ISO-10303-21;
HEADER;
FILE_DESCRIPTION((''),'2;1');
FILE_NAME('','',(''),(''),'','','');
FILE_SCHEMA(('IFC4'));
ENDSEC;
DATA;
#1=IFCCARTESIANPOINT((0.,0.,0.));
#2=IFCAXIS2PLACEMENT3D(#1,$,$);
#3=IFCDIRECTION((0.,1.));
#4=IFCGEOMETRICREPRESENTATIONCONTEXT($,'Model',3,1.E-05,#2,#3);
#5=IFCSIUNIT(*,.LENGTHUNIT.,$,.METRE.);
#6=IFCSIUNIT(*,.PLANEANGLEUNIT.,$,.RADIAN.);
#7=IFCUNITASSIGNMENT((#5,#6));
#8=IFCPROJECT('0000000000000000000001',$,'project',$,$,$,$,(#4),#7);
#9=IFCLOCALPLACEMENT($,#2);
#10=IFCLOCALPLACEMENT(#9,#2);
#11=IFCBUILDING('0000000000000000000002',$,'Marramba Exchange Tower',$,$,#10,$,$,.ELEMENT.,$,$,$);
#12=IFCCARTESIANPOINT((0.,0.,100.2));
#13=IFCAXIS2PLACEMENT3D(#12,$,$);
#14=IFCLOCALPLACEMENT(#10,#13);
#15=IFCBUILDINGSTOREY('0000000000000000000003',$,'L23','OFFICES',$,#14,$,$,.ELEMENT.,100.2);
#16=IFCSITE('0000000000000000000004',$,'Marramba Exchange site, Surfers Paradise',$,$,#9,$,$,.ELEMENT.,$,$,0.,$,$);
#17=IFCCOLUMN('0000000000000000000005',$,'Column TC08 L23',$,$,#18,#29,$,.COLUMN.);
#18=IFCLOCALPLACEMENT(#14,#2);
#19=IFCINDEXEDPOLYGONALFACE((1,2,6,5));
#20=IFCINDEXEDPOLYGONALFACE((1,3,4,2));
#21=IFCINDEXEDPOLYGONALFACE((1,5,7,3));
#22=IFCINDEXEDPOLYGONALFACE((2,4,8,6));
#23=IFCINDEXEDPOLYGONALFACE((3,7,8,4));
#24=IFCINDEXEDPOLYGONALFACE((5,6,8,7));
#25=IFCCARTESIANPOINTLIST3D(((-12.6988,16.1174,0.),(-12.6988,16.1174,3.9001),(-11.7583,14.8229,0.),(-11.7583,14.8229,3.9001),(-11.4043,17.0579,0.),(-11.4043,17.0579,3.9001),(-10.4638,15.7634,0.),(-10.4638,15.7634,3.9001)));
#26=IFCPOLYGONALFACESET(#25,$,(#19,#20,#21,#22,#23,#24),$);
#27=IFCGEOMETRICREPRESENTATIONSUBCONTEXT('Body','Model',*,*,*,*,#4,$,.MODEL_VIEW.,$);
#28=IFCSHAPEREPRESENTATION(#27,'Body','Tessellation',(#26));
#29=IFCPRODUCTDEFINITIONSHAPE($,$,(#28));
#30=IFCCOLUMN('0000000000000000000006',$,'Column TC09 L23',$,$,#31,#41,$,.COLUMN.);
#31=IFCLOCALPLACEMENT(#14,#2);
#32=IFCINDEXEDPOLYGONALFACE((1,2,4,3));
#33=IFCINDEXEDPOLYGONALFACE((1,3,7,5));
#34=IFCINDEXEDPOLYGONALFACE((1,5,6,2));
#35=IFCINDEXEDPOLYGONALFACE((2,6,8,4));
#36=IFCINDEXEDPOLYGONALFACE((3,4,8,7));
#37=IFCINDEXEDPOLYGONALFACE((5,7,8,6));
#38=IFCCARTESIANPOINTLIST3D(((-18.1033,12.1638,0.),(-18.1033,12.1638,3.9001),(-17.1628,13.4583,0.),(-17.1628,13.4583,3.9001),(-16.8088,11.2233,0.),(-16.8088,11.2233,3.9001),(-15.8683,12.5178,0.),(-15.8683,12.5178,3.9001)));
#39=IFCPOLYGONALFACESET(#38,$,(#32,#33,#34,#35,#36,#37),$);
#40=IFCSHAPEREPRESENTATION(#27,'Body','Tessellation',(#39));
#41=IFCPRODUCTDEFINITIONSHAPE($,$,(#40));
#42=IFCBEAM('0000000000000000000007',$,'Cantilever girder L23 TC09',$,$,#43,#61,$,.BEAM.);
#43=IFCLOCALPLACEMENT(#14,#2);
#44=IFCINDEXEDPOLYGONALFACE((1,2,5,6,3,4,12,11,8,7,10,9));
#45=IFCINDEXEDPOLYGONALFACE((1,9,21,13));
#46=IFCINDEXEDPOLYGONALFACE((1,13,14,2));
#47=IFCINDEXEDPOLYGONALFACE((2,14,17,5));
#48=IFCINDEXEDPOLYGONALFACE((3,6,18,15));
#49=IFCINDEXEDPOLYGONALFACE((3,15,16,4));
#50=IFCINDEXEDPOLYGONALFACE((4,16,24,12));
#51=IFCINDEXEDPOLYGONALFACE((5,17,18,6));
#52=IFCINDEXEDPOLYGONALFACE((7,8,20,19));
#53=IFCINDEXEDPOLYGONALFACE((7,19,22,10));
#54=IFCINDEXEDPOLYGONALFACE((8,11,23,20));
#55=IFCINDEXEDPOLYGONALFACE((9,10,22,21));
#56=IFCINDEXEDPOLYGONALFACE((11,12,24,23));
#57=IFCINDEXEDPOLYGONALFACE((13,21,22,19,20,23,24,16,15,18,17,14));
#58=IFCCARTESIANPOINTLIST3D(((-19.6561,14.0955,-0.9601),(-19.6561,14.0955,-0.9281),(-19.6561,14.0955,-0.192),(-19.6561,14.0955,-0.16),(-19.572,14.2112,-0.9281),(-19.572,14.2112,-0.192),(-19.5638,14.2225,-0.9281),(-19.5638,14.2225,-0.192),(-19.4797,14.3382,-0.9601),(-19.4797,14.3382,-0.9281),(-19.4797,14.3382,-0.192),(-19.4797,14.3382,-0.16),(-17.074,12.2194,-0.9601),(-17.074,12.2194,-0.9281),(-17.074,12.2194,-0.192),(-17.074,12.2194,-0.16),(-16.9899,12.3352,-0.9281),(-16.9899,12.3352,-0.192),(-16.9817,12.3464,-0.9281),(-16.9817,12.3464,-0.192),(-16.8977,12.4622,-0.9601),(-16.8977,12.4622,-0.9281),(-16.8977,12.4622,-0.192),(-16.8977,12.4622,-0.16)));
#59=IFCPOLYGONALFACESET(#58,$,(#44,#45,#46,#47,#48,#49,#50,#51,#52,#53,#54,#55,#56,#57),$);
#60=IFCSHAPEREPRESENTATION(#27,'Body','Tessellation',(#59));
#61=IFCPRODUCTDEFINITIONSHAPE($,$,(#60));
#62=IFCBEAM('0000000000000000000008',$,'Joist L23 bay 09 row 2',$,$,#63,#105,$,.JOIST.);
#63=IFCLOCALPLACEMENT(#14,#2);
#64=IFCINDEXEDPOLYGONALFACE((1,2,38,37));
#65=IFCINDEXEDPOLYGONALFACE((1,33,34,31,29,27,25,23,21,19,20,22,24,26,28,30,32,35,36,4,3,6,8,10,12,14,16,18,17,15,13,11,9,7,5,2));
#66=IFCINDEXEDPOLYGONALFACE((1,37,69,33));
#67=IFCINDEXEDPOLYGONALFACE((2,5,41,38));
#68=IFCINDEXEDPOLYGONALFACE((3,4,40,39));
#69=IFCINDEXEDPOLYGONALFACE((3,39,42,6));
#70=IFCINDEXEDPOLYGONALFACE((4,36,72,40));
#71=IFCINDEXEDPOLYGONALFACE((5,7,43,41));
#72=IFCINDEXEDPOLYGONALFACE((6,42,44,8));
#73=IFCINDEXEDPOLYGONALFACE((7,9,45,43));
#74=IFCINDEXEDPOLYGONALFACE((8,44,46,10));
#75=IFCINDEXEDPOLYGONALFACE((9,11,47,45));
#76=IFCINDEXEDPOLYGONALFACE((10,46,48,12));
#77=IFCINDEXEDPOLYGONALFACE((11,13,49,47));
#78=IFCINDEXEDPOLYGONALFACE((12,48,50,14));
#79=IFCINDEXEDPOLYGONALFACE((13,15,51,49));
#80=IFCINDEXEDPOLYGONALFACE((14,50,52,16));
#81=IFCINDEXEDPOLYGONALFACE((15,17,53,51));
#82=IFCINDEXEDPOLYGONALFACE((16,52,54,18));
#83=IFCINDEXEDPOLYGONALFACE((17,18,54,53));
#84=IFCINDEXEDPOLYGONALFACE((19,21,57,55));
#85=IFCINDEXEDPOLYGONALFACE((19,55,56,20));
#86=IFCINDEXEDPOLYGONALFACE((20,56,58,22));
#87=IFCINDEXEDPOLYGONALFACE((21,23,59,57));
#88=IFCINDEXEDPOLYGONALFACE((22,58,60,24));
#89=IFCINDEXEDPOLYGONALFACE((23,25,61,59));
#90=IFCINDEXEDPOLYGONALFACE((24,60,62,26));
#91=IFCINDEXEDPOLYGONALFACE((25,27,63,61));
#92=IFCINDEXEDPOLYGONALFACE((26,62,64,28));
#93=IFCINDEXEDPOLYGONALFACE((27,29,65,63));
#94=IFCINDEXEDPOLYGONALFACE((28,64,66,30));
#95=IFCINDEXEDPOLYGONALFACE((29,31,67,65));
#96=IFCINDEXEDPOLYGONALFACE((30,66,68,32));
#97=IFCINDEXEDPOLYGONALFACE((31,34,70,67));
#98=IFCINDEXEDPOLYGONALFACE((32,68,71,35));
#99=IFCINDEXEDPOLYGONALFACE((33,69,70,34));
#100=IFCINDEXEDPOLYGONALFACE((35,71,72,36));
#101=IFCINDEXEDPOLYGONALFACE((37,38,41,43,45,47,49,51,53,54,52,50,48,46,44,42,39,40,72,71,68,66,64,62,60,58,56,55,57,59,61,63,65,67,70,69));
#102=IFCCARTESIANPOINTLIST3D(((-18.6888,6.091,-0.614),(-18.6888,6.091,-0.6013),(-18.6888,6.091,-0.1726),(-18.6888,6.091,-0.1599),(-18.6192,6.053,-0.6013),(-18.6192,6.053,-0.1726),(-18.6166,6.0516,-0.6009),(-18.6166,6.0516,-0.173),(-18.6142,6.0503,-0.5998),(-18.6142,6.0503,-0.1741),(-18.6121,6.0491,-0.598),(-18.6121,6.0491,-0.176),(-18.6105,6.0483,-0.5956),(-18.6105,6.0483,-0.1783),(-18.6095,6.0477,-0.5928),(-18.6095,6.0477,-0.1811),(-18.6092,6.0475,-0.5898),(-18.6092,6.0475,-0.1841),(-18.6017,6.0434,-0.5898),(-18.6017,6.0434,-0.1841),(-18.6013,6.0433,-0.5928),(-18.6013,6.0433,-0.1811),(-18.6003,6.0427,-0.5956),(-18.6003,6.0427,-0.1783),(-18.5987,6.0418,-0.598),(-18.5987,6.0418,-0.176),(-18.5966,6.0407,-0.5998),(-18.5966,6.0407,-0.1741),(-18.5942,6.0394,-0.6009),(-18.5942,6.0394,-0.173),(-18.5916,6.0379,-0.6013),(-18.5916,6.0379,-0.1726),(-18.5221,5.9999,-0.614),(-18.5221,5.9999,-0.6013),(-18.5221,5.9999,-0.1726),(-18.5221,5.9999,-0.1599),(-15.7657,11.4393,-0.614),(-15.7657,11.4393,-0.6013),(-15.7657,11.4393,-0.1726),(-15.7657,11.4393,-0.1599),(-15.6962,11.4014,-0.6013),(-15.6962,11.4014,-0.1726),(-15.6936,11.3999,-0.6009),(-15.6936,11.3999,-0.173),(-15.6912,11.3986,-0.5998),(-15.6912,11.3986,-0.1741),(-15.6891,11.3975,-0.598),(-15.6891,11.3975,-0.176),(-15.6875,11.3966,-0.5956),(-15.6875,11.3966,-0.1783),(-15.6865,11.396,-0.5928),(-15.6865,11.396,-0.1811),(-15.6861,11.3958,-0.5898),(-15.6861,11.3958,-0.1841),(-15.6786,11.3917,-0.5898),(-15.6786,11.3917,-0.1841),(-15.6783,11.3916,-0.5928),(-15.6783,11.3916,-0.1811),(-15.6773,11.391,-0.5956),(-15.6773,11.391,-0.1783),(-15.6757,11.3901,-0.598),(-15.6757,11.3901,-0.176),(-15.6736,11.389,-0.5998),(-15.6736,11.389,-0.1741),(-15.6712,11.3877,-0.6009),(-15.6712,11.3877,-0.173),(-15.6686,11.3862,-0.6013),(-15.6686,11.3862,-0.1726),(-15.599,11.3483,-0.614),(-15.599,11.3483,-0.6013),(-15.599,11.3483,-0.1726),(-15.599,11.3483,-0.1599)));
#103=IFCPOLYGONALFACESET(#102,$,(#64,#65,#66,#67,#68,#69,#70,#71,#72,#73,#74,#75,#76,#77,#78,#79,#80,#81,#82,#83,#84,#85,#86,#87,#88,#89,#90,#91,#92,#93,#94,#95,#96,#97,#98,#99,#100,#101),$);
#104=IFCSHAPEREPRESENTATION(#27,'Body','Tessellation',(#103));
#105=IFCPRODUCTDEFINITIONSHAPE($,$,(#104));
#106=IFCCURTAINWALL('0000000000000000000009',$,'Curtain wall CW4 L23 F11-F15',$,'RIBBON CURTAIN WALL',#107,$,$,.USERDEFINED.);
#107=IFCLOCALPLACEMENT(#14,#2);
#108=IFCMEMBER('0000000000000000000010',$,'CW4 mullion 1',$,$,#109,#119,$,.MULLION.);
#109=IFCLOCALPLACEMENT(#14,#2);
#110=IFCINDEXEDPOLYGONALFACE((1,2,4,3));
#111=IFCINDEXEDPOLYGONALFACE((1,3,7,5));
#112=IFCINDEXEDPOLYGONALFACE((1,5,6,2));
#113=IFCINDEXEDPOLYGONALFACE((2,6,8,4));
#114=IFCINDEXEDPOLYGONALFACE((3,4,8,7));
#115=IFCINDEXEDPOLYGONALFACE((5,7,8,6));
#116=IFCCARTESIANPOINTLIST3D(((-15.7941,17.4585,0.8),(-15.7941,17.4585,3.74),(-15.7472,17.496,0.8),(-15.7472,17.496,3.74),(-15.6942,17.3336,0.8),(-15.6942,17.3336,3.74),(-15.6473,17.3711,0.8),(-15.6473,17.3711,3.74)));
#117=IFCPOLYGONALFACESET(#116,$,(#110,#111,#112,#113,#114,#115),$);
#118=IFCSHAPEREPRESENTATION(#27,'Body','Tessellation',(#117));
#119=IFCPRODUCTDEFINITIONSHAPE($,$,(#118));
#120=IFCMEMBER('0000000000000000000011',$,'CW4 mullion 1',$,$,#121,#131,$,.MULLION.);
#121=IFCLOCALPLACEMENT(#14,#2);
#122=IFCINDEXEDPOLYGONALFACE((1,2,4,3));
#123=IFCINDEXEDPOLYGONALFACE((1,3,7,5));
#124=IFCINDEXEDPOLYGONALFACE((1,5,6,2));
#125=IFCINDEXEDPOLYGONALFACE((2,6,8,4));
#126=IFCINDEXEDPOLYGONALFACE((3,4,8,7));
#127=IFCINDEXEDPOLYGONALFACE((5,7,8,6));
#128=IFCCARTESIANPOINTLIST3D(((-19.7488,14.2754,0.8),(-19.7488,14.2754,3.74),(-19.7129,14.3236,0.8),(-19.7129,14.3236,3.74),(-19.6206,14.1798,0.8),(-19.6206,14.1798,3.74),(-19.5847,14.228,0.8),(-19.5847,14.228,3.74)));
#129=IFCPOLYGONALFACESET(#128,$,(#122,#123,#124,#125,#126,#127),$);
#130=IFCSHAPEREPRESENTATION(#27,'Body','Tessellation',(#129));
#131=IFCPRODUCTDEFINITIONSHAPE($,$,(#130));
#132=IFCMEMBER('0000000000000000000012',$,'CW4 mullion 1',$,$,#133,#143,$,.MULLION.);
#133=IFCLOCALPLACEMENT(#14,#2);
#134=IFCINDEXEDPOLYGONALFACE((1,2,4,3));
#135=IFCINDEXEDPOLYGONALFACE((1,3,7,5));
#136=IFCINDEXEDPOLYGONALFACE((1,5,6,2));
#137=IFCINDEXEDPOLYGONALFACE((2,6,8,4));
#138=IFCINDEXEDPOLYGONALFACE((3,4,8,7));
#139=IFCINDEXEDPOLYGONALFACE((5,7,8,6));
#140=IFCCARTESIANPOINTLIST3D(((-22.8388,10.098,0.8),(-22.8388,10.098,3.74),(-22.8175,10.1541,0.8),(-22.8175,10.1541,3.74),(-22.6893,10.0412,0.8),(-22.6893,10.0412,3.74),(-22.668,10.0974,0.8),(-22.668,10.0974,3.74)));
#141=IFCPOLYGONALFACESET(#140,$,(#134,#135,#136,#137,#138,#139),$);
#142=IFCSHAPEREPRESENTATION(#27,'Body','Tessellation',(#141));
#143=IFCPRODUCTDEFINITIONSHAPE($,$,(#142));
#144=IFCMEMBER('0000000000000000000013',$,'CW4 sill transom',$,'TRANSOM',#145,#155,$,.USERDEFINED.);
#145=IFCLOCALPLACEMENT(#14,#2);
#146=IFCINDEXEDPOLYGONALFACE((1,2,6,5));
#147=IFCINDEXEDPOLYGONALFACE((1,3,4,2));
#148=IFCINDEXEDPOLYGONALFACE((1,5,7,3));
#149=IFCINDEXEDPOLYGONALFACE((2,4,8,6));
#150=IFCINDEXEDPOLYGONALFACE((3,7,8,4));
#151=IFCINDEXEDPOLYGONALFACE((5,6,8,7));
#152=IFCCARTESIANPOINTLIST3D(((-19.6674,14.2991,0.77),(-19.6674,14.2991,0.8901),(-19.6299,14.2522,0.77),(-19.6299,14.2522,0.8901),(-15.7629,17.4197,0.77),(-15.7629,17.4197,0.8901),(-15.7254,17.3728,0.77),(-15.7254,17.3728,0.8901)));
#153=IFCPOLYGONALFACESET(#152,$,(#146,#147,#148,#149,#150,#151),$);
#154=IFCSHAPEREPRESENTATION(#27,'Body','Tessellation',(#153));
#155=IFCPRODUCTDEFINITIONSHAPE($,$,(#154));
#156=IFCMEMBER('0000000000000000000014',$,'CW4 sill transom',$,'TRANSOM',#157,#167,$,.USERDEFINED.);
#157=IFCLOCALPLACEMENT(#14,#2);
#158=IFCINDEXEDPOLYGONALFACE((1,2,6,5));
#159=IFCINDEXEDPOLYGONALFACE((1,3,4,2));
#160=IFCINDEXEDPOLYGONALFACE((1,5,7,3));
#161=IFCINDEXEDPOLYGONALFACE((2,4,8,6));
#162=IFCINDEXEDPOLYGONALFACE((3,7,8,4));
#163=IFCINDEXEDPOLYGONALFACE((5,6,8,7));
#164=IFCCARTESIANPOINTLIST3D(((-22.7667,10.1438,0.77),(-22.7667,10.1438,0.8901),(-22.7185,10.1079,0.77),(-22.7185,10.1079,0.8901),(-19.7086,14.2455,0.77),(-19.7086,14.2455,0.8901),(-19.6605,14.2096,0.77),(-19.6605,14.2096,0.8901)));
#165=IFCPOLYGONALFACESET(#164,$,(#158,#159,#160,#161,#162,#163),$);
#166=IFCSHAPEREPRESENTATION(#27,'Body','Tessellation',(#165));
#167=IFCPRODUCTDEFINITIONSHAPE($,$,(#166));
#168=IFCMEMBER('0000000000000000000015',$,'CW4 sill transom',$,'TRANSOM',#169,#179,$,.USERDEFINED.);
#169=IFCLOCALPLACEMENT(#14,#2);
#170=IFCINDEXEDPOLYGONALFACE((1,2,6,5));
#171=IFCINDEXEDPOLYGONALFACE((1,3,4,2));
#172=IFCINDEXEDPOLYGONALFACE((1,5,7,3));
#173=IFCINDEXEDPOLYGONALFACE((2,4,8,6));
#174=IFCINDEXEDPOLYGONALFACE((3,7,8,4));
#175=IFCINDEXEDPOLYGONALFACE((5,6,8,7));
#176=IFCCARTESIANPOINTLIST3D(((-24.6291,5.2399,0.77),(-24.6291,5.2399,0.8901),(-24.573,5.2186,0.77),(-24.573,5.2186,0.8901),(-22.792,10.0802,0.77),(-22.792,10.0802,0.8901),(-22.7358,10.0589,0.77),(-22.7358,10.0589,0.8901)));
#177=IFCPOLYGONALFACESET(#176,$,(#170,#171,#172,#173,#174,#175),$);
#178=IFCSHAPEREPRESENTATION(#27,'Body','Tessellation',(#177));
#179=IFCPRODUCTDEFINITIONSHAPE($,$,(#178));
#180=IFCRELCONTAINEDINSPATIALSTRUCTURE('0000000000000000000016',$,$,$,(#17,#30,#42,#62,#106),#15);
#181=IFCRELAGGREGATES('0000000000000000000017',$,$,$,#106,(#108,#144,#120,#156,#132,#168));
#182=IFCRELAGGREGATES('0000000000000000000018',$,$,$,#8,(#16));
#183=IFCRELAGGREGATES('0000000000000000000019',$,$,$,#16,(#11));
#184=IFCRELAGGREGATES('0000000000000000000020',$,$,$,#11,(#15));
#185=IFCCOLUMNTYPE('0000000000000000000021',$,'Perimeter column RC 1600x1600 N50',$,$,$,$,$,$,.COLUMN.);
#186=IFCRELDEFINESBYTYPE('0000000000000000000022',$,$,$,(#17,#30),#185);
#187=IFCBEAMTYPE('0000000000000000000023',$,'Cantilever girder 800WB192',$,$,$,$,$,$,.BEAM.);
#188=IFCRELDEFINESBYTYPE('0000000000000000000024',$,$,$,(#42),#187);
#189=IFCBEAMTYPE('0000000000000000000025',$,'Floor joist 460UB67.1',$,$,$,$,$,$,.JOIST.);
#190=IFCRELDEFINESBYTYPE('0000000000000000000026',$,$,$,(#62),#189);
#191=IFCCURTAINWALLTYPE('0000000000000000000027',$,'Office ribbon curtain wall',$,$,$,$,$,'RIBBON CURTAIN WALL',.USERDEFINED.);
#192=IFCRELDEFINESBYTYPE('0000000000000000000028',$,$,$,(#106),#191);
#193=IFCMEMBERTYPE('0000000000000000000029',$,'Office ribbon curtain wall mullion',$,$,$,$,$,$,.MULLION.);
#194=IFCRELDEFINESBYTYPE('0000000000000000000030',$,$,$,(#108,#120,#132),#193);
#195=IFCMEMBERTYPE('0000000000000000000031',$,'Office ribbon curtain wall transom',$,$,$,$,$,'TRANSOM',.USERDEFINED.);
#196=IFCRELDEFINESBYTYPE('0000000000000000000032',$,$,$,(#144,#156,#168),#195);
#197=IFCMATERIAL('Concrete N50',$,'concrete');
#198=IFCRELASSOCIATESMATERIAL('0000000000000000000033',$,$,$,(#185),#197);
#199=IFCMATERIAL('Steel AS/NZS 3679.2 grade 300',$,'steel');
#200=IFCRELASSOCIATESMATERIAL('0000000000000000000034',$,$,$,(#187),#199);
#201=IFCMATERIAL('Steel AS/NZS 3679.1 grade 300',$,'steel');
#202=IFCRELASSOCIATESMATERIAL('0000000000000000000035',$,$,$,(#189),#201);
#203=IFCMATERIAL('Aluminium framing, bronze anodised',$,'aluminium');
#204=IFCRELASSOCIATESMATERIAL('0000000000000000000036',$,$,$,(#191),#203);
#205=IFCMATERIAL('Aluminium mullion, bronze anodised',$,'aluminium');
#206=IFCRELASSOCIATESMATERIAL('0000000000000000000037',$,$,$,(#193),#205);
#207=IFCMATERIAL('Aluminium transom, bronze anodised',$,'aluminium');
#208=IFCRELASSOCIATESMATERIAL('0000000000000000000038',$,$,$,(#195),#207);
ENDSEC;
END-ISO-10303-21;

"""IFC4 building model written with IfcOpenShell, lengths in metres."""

from ifc_helpers import new_model, si_unit, direction, frame, origin, origin_2d, place, context, subcontext, project, spatial, rectangle, i_section, extrude, material, material_profile, profile_set, type_object, element, aggregate, save


model = new_model("IFC4")

# Units and contexts
model_context = context("Model", 3, precision=1e-05, world=origin(), true_north=direction((0.0, 1.0)))
body_context = subcontext(model_context, "Body", "Model", "MODEL_VIEW")
ifc_project = project(units=[si_unit("LENGTHUNIT", "METRE"), si_unit("PLANEANGLEUNIT", "RADIAN")], contexts=[model_context])

# Site, building, storey
site_placement = place(None, origin())
site = spatial("IfcSite", under=ifc_project, at=site_placement, Name="Marramba Exchange site, Surfers Paradise", CompositionType="ELEMENT", RefElevation=0.0)
building_placement = place(site_placement, origin())
building = spatial("IfcBuilding", under=site, at=building_placement, Name="Marramba Exchange Tower", CompositionType="ELEMENT")
storey_placement = place(building_placement, frame((0.0, 0.0, 100.2)))
storey = spatial("IfcBuildingStorey", under=building, at=storey_placement, Name="L23", Description="OFFICES", CompositionType="ELEMENT", Elevation=100.2)

# Columns
ifc_material_1 = material(Name="Concrete N50", Category="concrete")
ifc_material_profile_1 = material_profile(ifc_material_1, rectangle(XDim=1.6001, YDim=1.6001, at=origin_2d()), Name="RC 1600x1600")
ifc_profile_set_1 = profile_set([ifc_material_profile_1], Name="Concrete N50")
column_type = type_object("IfcColumnType", Name="Perimeter column RC 1600x1600 N50", PredefinedType="COLUMN", material=ifc_profile_set_1)
for number, where, z_axis, x_axis, name in (
    (1, (-11.5813, 15.9404, 0.0), (0.0, 0.0, 1.0), (-0.587785, 0.809017, 0.0), "Column TC08 L23"),
    (2, (-16.9858, 12.3408, 0.0), (0.0, 0.0, 1.0), (-0.809017, 0.587785, 0.0), "Column TC09 L23"),
):
    element("IfcColumn", number, at=place(storey_placement, frame(where, z_axis=z_axis, x_axis=x_axis)), inside=storey, type_object=column_type, Name=name, PredefinedType="COLUMN", context=body_context, shape_type="SweptSolid", body=[
        extrude(rectangle(XDim=1.6001, YDim=1.6001, at=origin_2d()), origin(), (0.0, 0.0, 1.0), 3.9001),
    ])

# Beams
ifc_material_2 = material(Name="Steel AS/NZS 3679.2 grade 300", Category="steel")
ifc_material_profile_2 = material_profile(ifc_material_2, i_section(OverallWidth=0.3, OverallDepth=0.8, WebThickness=0.0139, FlangeThickness=0.032, at=origin_2d()), Name="800WB192")
ifc_profile_set_2 = profile_set([ifc_material_profile_2], Name="Steel AS/NZS 3679.2 grade 300")
beam_type_1 = type_object("IfcBeamType", Name="Cantilever girder 800WB192", PredefinedType="BEAM", material=ifc_profile_set_2)
beam_1_placement = place(storey_placement, frame((-16.9858, 12.3408, -0.5601), z_axis=(-0.809014, 0.58779, 0.0), x_axis=(-0.58779, -0.809014, 0.0)))
element("IfcBeam", 3, at=beam_1_placement, inside=storey, type_object=beam_type_1, Name="Cantilever girder L23 TC09", PredefinedType="BEAM", context=body_context, shape_type="SweptSolid", body=[
    extrude(i_section(OverallWidth=0.3, OverallDepth=0.8, WebThickness=0.0139, FlangeThickness=0.032, at=origin_2d()), origin(), (0.0, 0.0, 1.0), 3.1917),
])
ifc_material_3 = material(Name="Steel AS/NZS 3679.1 grade 300", Category="steel")
ifc_material_profile_3 = material_profile(ifc_material_3, i_section(OverallWidth=0.1899, OverallDepth=0.4541, WebThickness=0.0085, FlangeThickness=0.0127, FilletRadius=0.0115, at=origin_2d()), Name="460UB67.1")
ifc_profile_set_3 = profile_set([ifc_material_profile_3], Name="Steel AS/NZS 3679.1 grade 300")
beam_type_2 = type_object("IfcBeamType", Name="Floor joist 460UB67.1", PredefinedType="JOIST", material=ifc_profile_set_3)
beam_2_placement = place(storey_placement, frame((-15.6824, 11.3938, -0.387), z_axis=(-0.479584, -0.877496, 0.0), x_axis=(0.877496, -0.479584, 0.0)))
element("IfcBeam", 4, at=beam_2_placement, inside=storey, type_object=beam_type_2, Name="Joist L23 bay 09 row 2", PredefinedType="JOIST", context=body_context, shape_type="SweptSolid", body=[
    extrude(i_section(OverallWidth=0.1899, OverallDepth=0.4541, WebThickness=0.0085, FlangeThickness=0.0127, FilletRadius=0.0115, at=origin_2d()), origin(), (0.0, 0.0, 1.0), 6.095),
])

# Curtain wall, members
ifc_material_4 = material(Name="Aluminium framing, bronze anodised", Category="aluminium")
curtain_wall_type = type_object("IfcCurtainWallType", Name="Office ribbon curtain wall", ElementType="RIBBON CURTAIN WALL", PredefinedType="USERDEFINED", material=ifc_material_4)
curtain_wall_placement = place(storey_placement, origin())
curtain_wall = element("IfcCurtainWall", 5, at=curtain_wall_placement, inside=storey, type_object=curtain_wall_type, Name="Curtain wall CW4 L23 F11-F15", ObjectType="RIBBON CURTAIN WALL", PredefinedType="USERDEFINED")
ifc_material_5 = material(Name="Aluminium mullion, bronze anodised", Category="aluminium")
ifc_material_profile_4 = material_profile(ifc_material_5, rectangle(XDim=0.1599, YDim=0.0601, at=origin_2d()), Name="CW4 mullion 60x160")
ifc_profile_set_4 = profile_set([ifc_material_profile_4], Name="Aluminium mullion, bronze anodised")
member_type_1 = type_object("IfcMemberType", Name="Office ribbon curtain wall mullion", PredefinedType="MULLION", material=ifc_profile_set_4)
member_1_placement = place(storey_placement, frame((-15.7207, 17.4148, 0.8), z_axis=(0.0, 0.0, 1.0), x_axis=(0.624308, -0.781178, 0.0)))
member_1 = element("IfcMember", 6, at=member_1_placement, type_object=member_type_1, Name="CW4 mullion 1", PredefinedType="MULLION", context=body_context, shape_type="SweptSolid", body=[
    extrude(rectangle(XDim=0.1599, YDim=0.0601, at=origin_2d()), origin(), (0.0, 0.0, 1.0), 2.9399),
])
member_2_placement = place(storey_placement, frame((-19.6667, 14.2517, 0.8), z_axis=(0.0, 0.0, 1.0), x_axis=(0.801717, -0.597704, 0.0)))
member_2 = element("IfcMember", 7, at=member_2_placement, type_object=member_type_1, Name="CW4 mullion 1", PredefinedType="MULLION", context=body_context, shape_type="SweptSolid", body=[
    extrude(rectangle(XDim=0.1599, YDim=0.0601, at=origin_2d()), origin(), (0.0, 0.0, 1.0), 2.9399),
])
member_3_placement = place(storey_placement, frame((-22.7534, 10.0977, 0.8), z_axis=(0.0, 0.0, 1.0), x_axis=(0.934925, -0.354844, 0.0)))
member_3 = element("IfcMember", 8, at=member_3_placement, type_object=member_type_1, Name="CW4 mullion 1", PredefinedType="MULLION", context=body_context, shape_type="SweptSolid", body=[
    extrude(rectangle(XDim=0.1599, YDim=0.0601, at=origin_2d()), origin(), (0.0, 0.0, 1.0), 2.9399),
])
ifc_material_6 = material(Name="Aluminium transom, bronze anodised", Category="aluminium")
ifc_material_profile_5 = material_profile(ifc_material_6, rectangle(XDim=0.0601, YDim=0.1201, at=origin_2d()), Name="CW4 transom 60x120")
ifc_profile_set_5 = profile_set([ifc_material_profile_5], Name="Aluminium transom, bronze anodised")
member_type_2 = type_object("IfcMemberType", Name="Office ribbon curtain wall transom", ElementType="TRANSOM", PredefinedType="USERDEFINED", material=ifc_profile_set_5)
member_4_placement = place(storey_placement, frame((-15.7441, 17.3962, 0.8301), z_axis=(-0.781164, -0.624326, 0.0), x_axis=(0.624326, -0.781164, 0.0)))
member_4 = element("IfcMember", 9, at=member_4_placement, type_object=member_type_2, Name="CW4 sill transom", ObjectType="TRANSOM", PredefinedType="USERDEFINED", context=body_context, shape_type="SweptSolid", body=[
    extrude(rectangle(XDim=0.0601, YDim=0.1201, at=origin_2d()), origin(), (0.0, 0.0, 1.0), 4.9983),
])
member_5_placement = place(storey_placement, frame((-19.6846, 14.2275, 0.8301), z_axis=(-0.597715, -0.801709, 0.0), x_axis=(0.801709, -0.597715, 0.0)))
member_5 = element("IfcMember", 10, at=member_5_placement, type_object=member_type_2, Name="CW4 sill transom", ObjectType="TRANSOM", PredefinedType="USERDEFINED", context=body_context, shape_type="SweptSolid", body=[
    extrude(rectangle(XDim=0.0601, YDim=0.1201, at=origin_2d()), origin(), (0.0, 0.0, 1.0), 5.1162),
])
member_6_placement = place(storey_placement, frame((-22.7639, 10.0696, 0.8301), z_axis=(-0.354852, -0.934923, 0.0), x_axis=(0.934923, -0.354852, 0.0)))
member_6 = element("IfcMember", 11, at=member_6_placement, type_object=member_type_2, Name="CW4 sill transom", ObjectType="TRANSOM", PredefinedType="USERDEFINED", context=body_context, shape_type="SweptSolid", body=[
    extrude(rectangle(XDim=0.0601, YDim=0.1201, at=origin_2d()), origin(), (0.0, 0.0, 1.0), 5.1772),
])

aggregate(curtain_wall, [member_1, member_4, member_2, member_5, member_3, member_6])

save(model, "model.ifc")
